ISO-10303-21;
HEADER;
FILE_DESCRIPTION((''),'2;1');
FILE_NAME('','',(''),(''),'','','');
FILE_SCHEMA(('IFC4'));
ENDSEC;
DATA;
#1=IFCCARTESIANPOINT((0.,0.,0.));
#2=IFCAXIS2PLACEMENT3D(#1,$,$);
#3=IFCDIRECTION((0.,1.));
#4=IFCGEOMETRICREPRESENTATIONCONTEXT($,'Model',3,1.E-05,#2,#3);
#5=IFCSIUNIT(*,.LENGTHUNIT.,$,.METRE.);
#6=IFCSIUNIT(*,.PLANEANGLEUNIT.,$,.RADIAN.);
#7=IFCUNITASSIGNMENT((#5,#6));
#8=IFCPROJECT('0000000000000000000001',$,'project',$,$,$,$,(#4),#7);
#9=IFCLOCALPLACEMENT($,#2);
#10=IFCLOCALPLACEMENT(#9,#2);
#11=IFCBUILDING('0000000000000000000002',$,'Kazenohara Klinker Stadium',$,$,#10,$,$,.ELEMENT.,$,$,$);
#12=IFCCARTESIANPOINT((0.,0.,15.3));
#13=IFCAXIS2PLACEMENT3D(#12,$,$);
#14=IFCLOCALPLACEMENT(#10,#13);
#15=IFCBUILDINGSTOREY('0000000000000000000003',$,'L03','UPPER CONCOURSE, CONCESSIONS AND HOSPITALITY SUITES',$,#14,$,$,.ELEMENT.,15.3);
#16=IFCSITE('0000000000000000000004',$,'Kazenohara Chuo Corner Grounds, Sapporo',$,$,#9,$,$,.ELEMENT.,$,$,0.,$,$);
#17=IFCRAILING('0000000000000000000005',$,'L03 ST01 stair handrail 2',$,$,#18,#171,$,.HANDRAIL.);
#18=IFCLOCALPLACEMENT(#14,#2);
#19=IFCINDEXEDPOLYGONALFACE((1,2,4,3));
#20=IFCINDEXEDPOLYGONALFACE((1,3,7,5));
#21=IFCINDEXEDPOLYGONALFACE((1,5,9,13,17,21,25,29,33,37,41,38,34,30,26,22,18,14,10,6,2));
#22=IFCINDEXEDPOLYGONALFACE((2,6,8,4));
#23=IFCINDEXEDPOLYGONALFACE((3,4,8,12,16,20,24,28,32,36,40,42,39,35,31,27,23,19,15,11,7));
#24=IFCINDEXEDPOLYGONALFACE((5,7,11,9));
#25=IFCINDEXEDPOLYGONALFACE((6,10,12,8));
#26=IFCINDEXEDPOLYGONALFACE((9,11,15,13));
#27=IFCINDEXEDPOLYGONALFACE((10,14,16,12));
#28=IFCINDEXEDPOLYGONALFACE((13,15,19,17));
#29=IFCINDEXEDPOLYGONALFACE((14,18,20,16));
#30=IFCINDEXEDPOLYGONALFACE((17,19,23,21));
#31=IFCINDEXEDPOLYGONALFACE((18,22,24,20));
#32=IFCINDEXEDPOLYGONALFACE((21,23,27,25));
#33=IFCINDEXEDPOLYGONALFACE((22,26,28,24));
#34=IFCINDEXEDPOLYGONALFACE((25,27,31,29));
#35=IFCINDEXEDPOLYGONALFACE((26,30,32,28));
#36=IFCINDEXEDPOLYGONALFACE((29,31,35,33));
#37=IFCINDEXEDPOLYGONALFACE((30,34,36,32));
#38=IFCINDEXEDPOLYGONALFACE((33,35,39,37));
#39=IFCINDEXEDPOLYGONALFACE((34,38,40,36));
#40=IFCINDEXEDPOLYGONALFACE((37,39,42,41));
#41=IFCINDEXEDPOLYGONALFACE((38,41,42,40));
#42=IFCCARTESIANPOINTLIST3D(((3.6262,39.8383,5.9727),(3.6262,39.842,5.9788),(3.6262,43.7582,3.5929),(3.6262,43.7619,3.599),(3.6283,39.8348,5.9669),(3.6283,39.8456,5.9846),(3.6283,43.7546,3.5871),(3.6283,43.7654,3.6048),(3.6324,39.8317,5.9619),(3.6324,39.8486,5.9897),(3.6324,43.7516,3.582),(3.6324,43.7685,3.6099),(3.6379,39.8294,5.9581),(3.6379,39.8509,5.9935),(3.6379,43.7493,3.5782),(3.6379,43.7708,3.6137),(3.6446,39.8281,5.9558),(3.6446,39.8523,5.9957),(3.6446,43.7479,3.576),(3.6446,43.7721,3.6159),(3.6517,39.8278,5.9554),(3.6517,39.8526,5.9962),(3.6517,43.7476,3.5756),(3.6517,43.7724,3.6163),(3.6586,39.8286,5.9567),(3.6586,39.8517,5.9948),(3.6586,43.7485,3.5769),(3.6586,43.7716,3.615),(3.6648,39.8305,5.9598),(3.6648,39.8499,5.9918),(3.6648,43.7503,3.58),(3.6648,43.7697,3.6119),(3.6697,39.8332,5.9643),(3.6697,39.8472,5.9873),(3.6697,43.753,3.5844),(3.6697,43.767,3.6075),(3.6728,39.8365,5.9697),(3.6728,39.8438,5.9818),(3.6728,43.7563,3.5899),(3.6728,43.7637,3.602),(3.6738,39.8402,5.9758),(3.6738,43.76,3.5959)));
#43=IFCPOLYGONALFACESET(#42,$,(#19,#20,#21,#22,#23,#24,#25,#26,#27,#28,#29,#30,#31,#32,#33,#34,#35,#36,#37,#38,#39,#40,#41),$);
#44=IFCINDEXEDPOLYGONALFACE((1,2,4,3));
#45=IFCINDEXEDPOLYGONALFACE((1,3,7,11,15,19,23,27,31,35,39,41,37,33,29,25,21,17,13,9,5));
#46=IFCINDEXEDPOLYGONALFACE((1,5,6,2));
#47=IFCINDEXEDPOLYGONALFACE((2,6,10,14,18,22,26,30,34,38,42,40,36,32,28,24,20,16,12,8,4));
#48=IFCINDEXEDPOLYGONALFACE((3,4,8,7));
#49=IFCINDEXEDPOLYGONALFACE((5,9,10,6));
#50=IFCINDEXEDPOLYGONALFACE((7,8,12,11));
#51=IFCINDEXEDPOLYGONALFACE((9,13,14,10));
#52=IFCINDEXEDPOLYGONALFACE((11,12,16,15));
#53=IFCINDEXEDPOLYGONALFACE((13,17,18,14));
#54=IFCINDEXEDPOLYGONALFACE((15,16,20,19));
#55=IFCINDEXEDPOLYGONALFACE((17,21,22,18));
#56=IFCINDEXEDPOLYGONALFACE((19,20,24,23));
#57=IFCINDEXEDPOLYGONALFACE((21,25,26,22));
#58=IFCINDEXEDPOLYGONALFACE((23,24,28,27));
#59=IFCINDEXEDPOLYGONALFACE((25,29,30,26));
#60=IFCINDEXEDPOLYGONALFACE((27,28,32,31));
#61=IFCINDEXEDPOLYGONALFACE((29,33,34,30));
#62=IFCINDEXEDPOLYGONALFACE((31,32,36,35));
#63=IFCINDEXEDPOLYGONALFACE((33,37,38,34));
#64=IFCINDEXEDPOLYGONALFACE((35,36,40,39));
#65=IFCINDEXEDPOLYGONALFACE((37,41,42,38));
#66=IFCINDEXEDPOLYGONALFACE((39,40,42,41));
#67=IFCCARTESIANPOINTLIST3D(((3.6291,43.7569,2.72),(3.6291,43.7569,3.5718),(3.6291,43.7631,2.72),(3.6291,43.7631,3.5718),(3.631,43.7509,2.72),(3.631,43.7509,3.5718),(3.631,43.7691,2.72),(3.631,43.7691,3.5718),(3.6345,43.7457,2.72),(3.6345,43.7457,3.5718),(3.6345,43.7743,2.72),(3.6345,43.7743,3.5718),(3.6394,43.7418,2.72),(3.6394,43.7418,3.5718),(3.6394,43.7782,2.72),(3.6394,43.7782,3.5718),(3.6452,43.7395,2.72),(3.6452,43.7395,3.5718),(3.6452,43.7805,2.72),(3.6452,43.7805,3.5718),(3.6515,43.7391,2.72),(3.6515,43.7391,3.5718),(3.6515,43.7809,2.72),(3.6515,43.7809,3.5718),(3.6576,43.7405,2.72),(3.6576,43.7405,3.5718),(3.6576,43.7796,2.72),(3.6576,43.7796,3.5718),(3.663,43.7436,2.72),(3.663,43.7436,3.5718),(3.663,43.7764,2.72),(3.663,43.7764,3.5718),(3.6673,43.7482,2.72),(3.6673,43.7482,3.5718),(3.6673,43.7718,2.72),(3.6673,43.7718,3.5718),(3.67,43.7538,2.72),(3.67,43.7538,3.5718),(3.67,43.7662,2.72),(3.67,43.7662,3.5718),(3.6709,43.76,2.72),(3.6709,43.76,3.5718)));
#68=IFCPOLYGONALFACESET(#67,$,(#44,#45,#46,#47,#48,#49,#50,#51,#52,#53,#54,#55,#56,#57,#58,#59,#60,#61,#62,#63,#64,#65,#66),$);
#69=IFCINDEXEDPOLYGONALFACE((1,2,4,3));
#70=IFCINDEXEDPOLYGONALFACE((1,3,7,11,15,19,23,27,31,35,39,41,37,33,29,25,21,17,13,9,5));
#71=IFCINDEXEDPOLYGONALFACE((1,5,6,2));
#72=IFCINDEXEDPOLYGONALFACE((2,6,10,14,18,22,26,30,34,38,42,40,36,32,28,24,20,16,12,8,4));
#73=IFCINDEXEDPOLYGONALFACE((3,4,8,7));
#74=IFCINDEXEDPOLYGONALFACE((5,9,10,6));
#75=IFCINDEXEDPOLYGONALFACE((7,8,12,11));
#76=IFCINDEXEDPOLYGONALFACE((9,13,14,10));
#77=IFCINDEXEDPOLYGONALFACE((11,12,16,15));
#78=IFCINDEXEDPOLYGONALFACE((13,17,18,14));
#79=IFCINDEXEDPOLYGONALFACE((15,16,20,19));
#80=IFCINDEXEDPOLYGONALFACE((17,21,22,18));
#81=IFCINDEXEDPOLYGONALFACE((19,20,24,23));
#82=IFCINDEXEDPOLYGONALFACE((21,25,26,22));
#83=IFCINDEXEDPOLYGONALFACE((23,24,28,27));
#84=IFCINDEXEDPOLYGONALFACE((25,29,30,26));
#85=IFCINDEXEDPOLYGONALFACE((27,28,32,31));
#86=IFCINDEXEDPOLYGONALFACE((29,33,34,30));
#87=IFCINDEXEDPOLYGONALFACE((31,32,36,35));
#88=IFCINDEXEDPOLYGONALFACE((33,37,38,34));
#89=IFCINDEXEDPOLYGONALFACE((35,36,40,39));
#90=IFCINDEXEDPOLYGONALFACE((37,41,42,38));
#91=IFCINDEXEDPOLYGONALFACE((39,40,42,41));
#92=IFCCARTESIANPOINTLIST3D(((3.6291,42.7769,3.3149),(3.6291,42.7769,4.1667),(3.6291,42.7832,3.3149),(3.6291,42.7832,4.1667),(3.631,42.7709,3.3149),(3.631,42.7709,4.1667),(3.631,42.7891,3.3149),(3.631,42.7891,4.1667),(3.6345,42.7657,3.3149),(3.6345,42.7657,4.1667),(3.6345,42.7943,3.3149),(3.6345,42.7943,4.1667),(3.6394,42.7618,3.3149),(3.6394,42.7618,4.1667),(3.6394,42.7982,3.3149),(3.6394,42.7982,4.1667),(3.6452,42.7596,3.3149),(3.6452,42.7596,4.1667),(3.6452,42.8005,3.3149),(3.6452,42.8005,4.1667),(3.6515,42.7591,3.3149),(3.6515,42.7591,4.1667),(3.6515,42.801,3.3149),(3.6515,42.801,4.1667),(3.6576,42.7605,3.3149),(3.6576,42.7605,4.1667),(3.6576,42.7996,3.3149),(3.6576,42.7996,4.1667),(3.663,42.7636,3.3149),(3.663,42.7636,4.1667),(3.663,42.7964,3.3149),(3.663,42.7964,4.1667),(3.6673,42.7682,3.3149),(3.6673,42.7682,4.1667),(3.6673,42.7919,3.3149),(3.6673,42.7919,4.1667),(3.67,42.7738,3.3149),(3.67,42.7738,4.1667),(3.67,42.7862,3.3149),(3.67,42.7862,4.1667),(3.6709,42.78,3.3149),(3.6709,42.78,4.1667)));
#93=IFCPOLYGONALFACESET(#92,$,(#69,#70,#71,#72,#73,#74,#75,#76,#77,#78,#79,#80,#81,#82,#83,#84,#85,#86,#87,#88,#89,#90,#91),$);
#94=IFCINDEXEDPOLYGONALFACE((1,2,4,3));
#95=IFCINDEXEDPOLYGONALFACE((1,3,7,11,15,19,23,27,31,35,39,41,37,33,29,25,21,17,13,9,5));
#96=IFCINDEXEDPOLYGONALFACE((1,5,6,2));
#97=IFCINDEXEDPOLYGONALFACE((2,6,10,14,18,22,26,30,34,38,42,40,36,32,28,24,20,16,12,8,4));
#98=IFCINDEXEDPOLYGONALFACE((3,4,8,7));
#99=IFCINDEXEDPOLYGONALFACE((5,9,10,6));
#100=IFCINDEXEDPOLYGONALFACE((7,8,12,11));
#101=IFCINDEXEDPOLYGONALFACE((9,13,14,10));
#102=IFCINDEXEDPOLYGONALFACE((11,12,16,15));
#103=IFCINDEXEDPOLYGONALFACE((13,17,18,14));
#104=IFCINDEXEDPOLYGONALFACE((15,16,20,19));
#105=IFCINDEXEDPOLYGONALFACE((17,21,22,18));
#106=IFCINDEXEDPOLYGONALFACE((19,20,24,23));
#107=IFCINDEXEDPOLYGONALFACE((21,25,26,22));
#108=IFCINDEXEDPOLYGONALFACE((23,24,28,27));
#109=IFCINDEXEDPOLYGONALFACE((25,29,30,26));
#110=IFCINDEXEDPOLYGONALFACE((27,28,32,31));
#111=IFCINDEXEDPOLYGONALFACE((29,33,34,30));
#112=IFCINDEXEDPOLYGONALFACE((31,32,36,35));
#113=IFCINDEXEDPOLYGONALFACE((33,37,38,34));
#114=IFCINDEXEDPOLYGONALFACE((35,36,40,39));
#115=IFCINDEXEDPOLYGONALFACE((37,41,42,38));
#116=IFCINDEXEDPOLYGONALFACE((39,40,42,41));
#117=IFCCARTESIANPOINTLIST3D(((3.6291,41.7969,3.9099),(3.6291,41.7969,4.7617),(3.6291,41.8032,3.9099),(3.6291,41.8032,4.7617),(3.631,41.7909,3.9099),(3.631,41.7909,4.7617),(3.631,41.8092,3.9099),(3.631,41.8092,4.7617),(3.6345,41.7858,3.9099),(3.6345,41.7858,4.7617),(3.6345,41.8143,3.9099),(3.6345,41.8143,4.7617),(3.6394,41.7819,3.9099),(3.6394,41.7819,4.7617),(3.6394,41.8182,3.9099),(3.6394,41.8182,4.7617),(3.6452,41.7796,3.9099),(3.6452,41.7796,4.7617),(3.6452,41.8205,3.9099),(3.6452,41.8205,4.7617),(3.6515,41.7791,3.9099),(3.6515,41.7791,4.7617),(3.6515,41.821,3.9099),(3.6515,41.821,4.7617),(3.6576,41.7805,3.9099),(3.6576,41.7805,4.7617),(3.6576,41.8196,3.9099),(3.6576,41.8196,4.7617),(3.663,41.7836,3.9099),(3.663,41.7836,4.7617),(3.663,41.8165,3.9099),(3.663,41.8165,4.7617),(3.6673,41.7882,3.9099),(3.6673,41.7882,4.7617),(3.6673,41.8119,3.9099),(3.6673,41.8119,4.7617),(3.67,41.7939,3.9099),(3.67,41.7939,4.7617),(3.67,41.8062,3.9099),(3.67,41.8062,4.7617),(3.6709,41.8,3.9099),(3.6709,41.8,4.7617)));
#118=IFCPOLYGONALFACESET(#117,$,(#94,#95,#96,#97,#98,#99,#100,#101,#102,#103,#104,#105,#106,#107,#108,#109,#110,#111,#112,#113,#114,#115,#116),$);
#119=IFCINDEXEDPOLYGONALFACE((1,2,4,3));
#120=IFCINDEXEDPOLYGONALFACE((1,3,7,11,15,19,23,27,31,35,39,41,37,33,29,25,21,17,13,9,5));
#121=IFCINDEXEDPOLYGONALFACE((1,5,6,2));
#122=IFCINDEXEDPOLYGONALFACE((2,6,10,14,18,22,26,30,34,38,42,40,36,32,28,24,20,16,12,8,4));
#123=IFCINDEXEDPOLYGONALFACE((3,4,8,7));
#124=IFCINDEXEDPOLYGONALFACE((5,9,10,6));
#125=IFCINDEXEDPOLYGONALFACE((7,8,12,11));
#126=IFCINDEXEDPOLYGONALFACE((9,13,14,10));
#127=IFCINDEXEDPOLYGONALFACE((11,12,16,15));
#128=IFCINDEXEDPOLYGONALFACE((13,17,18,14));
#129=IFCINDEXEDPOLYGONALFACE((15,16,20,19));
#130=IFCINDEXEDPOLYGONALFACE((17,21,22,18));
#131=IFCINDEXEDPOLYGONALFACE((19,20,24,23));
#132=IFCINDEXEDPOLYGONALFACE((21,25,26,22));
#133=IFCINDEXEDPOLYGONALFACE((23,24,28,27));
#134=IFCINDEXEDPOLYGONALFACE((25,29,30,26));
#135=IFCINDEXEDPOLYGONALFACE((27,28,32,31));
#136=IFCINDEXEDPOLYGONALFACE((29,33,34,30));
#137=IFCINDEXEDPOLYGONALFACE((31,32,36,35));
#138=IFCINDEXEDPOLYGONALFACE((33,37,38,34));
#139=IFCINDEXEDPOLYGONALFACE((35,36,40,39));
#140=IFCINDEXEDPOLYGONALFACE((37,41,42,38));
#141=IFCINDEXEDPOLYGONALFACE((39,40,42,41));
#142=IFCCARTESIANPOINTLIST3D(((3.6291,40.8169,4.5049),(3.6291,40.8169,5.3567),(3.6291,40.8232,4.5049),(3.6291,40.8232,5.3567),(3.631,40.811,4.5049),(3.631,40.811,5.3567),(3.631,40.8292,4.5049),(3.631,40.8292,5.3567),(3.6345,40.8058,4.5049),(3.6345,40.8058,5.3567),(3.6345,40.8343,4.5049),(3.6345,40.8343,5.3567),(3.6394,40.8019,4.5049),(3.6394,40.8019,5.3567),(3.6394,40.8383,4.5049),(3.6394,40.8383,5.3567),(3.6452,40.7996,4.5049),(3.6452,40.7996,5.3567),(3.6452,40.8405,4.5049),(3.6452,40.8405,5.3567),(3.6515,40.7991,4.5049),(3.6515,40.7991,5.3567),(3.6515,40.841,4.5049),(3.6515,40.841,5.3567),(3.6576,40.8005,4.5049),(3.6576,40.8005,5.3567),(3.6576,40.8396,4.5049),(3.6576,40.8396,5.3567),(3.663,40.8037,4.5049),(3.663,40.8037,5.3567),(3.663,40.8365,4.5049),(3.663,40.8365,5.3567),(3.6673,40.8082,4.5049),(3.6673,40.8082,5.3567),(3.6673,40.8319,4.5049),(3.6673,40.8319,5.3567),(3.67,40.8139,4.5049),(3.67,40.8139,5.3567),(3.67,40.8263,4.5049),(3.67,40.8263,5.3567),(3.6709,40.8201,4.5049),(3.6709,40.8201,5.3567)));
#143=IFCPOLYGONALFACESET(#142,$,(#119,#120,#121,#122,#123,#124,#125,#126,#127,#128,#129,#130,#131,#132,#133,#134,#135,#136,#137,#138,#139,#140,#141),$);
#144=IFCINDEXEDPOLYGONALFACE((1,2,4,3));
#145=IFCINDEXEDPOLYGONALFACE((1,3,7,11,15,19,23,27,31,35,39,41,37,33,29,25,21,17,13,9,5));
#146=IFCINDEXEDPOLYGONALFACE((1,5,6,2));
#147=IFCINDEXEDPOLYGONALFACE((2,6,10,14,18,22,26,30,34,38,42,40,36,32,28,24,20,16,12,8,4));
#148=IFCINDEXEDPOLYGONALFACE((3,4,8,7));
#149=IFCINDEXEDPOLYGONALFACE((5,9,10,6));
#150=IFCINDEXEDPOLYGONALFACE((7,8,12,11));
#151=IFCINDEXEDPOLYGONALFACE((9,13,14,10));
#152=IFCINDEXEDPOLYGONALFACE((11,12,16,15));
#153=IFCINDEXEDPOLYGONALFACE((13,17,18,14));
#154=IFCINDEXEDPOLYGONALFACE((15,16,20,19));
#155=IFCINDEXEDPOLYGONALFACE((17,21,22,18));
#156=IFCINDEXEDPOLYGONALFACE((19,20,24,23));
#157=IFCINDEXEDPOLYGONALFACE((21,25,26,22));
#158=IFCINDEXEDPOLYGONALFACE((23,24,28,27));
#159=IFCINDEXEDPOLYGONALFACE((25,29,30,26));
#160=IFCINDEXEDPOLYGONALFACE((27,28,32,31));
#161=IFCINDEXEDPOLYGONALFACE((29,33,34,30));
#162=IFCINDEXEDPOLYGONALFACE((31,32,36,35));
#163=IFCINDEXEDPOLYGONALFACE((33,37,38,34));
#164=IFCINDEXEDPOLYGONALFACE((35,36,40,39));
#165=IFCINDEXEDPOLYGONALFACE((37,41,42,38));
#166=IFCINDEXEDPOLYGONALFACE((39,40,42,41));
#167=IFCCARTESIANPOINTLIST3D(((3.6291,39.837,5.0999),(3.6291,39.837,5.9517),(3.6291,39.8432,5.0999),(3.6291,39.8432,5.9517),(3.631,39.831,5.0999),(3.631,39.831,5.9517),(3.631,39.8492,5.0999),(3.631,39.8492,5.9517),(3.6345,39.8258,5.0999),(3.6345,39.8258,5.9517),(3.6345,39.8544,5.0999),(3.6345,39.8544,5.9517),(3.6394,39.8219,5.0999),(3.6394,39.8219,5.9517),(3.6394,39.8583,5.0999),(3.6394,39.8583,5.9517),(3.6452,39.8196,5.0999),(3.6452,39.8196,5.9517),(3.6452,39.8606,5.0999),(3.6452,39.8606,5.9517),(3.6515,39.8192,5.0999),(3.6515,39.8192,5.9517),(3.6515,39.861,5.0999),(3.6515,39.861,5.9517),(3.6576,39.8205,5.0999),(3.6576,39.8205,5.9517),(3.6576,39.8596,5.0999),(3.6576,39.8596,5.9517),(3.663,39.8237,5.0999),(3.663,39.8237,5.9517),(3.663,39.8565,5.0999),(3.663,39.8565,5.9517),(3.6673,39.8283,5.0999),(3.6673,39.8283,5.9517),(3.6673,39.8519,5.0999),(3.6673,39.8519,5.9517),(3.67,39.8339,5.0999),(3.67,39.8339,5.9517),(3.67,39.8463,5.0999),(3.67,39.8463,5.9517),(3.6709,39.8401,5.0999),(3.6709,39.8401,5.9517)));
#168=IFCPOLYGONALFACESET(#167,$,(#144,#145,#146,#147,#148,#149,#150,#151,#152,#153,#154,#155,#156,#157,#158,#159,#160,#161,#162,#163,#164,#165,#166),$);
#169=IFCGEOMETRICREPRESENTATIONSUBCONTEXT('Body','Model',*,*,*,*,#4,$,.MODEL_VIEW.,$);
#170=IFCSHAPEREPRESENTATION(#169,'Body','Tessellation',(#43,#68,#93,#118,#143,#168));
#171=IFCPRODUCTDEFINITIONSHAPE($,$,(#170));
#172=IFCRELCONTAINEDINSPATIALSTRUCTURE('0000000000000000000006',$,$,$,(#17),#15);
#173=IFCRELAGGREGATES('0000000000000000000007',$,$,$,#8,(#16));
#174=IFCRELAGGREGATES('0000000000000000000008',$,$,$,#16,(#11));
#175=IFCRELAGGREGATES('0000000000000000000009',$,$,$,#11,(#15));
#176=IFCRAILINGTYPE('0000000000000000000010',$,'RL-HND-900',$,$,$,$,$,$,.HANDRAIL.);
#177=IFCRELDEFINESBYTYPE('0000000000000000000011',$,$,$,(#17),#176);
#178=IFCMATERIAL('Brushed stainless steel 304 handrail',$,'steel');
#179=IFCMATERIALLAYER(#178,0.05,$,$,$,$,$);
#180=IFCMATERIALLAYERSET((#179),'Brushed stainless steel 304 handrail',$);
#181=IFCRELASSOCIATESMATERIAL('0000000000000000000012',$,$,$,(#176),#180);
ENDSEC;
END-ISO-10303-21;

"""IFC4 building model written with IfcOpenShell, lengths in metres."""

from ifc_helpers import new_model, si_unit, direction, frame, origin, origin_2d, place, context, subcontext, project, spatial, circle, extrude, material, layer, layer_set, type_object, element, save


model = new_model("IFC4")

# Units and contexts
model_context = context("Model", 3, precision=1e-05, world=origin(), true_north=direction((0.0, 1.0)))
body_context = subcontext(model_context, "Body", "Model", "MODEL_VIEW")
ifc_project = project(units=[si_unit("LENGTHUNIT", "METRE"), si_unit("PLANEANGLEUNIT", "RADIAN")], contexts=[model_context])

# Site, building, storey
site_placement = place(None, origin())
site = spatial("IfcSite", under=ifc_project, at=site_placement, Name="Kazenohara Chuo Corner Grounds, Sapporo", CompositionType="ELEMENT", RefElevation=0.0)
building_placement = place(site_placement, origin())
building = spatial("IfcBuilding", under=site, at=building_placement, Name="Kazenohara Klinker Stadium", CompositionType="ELEMENT")
storey_placement = place(building_placement, frame((0.0, 0.0, 15.3)))
storey = spatial("IfcBuildingStorey", under=building, at=storey_placement, Name="L03", Description="UPPER CONCOURSE, CONCESSIONS AND HOSPITALITY SUITES", CompositionType="ELEMENT", Elevation=15.3)

# Railing
ifc_material_1 = material(Name="Brushed stainless steel 304 handrail", Category="steel")
ifc_layer_1 = layer(ifc_material_1, 0.05)
ifc_layer_set_1 = layer_set([ifc_layer_1], Name="Brushed stainless steel 304 handrail")
railing_type_1 = type_object("IfcRailingType", Name="RL-HND-900", PredefinedType="HANDRAIL", material=ifc_layer_set_1)
railing_1_placement = place(storey_placement, frame((3.6499, 43.76, 2.72)))
element("IfcRailing", 1, at=railing_1_placement, inside=storey, type_object=railing_type_1, Name="L03 ST01 stair handrail 2", PredefinedType="HANDRAIL", context=body_context, shape_type="SweptSolid", body=[
    extrude(circle(Radius=0.0239, at=origin_2d()), frame((0.0, 0.0, 0.876), z_axis=(0.0, -0.854794, 0.518967), x_axis=(1.0, 0.0, 0.0)), (0.0, 0.0, 1.0), 4.5857),
    extrude(circle(Radius=0.021, at=origin_2d()), origin(), (0.0, 0.0, 1.0), 0.8518),
    extrude(circle(Radius=0.021, at=origin_2d()), frame((0.0, -0.98, 0.595)), (0.0, 0.0, 1.0), 0.8518),
    extrude(circle(Radius=0.021, at=origin_2d()), frame((0.0, -1.96, 1.1899)), (0.0, 0.0, 1.0), 0.8518),
    extrude(circle(Radius=0.021, at=origin_2d()), frame((0.0, -2.9399, 1.7849)), (0.0, 0.0, 1.0), 0.8518),
    extrude(circle(Radius=0.021, at=origin_2d()), frame((0.0, -3.9199, 2.3799)), (0.0, 0.0, 1.0), 0.8518),
])

save(model, "model.ifc")
